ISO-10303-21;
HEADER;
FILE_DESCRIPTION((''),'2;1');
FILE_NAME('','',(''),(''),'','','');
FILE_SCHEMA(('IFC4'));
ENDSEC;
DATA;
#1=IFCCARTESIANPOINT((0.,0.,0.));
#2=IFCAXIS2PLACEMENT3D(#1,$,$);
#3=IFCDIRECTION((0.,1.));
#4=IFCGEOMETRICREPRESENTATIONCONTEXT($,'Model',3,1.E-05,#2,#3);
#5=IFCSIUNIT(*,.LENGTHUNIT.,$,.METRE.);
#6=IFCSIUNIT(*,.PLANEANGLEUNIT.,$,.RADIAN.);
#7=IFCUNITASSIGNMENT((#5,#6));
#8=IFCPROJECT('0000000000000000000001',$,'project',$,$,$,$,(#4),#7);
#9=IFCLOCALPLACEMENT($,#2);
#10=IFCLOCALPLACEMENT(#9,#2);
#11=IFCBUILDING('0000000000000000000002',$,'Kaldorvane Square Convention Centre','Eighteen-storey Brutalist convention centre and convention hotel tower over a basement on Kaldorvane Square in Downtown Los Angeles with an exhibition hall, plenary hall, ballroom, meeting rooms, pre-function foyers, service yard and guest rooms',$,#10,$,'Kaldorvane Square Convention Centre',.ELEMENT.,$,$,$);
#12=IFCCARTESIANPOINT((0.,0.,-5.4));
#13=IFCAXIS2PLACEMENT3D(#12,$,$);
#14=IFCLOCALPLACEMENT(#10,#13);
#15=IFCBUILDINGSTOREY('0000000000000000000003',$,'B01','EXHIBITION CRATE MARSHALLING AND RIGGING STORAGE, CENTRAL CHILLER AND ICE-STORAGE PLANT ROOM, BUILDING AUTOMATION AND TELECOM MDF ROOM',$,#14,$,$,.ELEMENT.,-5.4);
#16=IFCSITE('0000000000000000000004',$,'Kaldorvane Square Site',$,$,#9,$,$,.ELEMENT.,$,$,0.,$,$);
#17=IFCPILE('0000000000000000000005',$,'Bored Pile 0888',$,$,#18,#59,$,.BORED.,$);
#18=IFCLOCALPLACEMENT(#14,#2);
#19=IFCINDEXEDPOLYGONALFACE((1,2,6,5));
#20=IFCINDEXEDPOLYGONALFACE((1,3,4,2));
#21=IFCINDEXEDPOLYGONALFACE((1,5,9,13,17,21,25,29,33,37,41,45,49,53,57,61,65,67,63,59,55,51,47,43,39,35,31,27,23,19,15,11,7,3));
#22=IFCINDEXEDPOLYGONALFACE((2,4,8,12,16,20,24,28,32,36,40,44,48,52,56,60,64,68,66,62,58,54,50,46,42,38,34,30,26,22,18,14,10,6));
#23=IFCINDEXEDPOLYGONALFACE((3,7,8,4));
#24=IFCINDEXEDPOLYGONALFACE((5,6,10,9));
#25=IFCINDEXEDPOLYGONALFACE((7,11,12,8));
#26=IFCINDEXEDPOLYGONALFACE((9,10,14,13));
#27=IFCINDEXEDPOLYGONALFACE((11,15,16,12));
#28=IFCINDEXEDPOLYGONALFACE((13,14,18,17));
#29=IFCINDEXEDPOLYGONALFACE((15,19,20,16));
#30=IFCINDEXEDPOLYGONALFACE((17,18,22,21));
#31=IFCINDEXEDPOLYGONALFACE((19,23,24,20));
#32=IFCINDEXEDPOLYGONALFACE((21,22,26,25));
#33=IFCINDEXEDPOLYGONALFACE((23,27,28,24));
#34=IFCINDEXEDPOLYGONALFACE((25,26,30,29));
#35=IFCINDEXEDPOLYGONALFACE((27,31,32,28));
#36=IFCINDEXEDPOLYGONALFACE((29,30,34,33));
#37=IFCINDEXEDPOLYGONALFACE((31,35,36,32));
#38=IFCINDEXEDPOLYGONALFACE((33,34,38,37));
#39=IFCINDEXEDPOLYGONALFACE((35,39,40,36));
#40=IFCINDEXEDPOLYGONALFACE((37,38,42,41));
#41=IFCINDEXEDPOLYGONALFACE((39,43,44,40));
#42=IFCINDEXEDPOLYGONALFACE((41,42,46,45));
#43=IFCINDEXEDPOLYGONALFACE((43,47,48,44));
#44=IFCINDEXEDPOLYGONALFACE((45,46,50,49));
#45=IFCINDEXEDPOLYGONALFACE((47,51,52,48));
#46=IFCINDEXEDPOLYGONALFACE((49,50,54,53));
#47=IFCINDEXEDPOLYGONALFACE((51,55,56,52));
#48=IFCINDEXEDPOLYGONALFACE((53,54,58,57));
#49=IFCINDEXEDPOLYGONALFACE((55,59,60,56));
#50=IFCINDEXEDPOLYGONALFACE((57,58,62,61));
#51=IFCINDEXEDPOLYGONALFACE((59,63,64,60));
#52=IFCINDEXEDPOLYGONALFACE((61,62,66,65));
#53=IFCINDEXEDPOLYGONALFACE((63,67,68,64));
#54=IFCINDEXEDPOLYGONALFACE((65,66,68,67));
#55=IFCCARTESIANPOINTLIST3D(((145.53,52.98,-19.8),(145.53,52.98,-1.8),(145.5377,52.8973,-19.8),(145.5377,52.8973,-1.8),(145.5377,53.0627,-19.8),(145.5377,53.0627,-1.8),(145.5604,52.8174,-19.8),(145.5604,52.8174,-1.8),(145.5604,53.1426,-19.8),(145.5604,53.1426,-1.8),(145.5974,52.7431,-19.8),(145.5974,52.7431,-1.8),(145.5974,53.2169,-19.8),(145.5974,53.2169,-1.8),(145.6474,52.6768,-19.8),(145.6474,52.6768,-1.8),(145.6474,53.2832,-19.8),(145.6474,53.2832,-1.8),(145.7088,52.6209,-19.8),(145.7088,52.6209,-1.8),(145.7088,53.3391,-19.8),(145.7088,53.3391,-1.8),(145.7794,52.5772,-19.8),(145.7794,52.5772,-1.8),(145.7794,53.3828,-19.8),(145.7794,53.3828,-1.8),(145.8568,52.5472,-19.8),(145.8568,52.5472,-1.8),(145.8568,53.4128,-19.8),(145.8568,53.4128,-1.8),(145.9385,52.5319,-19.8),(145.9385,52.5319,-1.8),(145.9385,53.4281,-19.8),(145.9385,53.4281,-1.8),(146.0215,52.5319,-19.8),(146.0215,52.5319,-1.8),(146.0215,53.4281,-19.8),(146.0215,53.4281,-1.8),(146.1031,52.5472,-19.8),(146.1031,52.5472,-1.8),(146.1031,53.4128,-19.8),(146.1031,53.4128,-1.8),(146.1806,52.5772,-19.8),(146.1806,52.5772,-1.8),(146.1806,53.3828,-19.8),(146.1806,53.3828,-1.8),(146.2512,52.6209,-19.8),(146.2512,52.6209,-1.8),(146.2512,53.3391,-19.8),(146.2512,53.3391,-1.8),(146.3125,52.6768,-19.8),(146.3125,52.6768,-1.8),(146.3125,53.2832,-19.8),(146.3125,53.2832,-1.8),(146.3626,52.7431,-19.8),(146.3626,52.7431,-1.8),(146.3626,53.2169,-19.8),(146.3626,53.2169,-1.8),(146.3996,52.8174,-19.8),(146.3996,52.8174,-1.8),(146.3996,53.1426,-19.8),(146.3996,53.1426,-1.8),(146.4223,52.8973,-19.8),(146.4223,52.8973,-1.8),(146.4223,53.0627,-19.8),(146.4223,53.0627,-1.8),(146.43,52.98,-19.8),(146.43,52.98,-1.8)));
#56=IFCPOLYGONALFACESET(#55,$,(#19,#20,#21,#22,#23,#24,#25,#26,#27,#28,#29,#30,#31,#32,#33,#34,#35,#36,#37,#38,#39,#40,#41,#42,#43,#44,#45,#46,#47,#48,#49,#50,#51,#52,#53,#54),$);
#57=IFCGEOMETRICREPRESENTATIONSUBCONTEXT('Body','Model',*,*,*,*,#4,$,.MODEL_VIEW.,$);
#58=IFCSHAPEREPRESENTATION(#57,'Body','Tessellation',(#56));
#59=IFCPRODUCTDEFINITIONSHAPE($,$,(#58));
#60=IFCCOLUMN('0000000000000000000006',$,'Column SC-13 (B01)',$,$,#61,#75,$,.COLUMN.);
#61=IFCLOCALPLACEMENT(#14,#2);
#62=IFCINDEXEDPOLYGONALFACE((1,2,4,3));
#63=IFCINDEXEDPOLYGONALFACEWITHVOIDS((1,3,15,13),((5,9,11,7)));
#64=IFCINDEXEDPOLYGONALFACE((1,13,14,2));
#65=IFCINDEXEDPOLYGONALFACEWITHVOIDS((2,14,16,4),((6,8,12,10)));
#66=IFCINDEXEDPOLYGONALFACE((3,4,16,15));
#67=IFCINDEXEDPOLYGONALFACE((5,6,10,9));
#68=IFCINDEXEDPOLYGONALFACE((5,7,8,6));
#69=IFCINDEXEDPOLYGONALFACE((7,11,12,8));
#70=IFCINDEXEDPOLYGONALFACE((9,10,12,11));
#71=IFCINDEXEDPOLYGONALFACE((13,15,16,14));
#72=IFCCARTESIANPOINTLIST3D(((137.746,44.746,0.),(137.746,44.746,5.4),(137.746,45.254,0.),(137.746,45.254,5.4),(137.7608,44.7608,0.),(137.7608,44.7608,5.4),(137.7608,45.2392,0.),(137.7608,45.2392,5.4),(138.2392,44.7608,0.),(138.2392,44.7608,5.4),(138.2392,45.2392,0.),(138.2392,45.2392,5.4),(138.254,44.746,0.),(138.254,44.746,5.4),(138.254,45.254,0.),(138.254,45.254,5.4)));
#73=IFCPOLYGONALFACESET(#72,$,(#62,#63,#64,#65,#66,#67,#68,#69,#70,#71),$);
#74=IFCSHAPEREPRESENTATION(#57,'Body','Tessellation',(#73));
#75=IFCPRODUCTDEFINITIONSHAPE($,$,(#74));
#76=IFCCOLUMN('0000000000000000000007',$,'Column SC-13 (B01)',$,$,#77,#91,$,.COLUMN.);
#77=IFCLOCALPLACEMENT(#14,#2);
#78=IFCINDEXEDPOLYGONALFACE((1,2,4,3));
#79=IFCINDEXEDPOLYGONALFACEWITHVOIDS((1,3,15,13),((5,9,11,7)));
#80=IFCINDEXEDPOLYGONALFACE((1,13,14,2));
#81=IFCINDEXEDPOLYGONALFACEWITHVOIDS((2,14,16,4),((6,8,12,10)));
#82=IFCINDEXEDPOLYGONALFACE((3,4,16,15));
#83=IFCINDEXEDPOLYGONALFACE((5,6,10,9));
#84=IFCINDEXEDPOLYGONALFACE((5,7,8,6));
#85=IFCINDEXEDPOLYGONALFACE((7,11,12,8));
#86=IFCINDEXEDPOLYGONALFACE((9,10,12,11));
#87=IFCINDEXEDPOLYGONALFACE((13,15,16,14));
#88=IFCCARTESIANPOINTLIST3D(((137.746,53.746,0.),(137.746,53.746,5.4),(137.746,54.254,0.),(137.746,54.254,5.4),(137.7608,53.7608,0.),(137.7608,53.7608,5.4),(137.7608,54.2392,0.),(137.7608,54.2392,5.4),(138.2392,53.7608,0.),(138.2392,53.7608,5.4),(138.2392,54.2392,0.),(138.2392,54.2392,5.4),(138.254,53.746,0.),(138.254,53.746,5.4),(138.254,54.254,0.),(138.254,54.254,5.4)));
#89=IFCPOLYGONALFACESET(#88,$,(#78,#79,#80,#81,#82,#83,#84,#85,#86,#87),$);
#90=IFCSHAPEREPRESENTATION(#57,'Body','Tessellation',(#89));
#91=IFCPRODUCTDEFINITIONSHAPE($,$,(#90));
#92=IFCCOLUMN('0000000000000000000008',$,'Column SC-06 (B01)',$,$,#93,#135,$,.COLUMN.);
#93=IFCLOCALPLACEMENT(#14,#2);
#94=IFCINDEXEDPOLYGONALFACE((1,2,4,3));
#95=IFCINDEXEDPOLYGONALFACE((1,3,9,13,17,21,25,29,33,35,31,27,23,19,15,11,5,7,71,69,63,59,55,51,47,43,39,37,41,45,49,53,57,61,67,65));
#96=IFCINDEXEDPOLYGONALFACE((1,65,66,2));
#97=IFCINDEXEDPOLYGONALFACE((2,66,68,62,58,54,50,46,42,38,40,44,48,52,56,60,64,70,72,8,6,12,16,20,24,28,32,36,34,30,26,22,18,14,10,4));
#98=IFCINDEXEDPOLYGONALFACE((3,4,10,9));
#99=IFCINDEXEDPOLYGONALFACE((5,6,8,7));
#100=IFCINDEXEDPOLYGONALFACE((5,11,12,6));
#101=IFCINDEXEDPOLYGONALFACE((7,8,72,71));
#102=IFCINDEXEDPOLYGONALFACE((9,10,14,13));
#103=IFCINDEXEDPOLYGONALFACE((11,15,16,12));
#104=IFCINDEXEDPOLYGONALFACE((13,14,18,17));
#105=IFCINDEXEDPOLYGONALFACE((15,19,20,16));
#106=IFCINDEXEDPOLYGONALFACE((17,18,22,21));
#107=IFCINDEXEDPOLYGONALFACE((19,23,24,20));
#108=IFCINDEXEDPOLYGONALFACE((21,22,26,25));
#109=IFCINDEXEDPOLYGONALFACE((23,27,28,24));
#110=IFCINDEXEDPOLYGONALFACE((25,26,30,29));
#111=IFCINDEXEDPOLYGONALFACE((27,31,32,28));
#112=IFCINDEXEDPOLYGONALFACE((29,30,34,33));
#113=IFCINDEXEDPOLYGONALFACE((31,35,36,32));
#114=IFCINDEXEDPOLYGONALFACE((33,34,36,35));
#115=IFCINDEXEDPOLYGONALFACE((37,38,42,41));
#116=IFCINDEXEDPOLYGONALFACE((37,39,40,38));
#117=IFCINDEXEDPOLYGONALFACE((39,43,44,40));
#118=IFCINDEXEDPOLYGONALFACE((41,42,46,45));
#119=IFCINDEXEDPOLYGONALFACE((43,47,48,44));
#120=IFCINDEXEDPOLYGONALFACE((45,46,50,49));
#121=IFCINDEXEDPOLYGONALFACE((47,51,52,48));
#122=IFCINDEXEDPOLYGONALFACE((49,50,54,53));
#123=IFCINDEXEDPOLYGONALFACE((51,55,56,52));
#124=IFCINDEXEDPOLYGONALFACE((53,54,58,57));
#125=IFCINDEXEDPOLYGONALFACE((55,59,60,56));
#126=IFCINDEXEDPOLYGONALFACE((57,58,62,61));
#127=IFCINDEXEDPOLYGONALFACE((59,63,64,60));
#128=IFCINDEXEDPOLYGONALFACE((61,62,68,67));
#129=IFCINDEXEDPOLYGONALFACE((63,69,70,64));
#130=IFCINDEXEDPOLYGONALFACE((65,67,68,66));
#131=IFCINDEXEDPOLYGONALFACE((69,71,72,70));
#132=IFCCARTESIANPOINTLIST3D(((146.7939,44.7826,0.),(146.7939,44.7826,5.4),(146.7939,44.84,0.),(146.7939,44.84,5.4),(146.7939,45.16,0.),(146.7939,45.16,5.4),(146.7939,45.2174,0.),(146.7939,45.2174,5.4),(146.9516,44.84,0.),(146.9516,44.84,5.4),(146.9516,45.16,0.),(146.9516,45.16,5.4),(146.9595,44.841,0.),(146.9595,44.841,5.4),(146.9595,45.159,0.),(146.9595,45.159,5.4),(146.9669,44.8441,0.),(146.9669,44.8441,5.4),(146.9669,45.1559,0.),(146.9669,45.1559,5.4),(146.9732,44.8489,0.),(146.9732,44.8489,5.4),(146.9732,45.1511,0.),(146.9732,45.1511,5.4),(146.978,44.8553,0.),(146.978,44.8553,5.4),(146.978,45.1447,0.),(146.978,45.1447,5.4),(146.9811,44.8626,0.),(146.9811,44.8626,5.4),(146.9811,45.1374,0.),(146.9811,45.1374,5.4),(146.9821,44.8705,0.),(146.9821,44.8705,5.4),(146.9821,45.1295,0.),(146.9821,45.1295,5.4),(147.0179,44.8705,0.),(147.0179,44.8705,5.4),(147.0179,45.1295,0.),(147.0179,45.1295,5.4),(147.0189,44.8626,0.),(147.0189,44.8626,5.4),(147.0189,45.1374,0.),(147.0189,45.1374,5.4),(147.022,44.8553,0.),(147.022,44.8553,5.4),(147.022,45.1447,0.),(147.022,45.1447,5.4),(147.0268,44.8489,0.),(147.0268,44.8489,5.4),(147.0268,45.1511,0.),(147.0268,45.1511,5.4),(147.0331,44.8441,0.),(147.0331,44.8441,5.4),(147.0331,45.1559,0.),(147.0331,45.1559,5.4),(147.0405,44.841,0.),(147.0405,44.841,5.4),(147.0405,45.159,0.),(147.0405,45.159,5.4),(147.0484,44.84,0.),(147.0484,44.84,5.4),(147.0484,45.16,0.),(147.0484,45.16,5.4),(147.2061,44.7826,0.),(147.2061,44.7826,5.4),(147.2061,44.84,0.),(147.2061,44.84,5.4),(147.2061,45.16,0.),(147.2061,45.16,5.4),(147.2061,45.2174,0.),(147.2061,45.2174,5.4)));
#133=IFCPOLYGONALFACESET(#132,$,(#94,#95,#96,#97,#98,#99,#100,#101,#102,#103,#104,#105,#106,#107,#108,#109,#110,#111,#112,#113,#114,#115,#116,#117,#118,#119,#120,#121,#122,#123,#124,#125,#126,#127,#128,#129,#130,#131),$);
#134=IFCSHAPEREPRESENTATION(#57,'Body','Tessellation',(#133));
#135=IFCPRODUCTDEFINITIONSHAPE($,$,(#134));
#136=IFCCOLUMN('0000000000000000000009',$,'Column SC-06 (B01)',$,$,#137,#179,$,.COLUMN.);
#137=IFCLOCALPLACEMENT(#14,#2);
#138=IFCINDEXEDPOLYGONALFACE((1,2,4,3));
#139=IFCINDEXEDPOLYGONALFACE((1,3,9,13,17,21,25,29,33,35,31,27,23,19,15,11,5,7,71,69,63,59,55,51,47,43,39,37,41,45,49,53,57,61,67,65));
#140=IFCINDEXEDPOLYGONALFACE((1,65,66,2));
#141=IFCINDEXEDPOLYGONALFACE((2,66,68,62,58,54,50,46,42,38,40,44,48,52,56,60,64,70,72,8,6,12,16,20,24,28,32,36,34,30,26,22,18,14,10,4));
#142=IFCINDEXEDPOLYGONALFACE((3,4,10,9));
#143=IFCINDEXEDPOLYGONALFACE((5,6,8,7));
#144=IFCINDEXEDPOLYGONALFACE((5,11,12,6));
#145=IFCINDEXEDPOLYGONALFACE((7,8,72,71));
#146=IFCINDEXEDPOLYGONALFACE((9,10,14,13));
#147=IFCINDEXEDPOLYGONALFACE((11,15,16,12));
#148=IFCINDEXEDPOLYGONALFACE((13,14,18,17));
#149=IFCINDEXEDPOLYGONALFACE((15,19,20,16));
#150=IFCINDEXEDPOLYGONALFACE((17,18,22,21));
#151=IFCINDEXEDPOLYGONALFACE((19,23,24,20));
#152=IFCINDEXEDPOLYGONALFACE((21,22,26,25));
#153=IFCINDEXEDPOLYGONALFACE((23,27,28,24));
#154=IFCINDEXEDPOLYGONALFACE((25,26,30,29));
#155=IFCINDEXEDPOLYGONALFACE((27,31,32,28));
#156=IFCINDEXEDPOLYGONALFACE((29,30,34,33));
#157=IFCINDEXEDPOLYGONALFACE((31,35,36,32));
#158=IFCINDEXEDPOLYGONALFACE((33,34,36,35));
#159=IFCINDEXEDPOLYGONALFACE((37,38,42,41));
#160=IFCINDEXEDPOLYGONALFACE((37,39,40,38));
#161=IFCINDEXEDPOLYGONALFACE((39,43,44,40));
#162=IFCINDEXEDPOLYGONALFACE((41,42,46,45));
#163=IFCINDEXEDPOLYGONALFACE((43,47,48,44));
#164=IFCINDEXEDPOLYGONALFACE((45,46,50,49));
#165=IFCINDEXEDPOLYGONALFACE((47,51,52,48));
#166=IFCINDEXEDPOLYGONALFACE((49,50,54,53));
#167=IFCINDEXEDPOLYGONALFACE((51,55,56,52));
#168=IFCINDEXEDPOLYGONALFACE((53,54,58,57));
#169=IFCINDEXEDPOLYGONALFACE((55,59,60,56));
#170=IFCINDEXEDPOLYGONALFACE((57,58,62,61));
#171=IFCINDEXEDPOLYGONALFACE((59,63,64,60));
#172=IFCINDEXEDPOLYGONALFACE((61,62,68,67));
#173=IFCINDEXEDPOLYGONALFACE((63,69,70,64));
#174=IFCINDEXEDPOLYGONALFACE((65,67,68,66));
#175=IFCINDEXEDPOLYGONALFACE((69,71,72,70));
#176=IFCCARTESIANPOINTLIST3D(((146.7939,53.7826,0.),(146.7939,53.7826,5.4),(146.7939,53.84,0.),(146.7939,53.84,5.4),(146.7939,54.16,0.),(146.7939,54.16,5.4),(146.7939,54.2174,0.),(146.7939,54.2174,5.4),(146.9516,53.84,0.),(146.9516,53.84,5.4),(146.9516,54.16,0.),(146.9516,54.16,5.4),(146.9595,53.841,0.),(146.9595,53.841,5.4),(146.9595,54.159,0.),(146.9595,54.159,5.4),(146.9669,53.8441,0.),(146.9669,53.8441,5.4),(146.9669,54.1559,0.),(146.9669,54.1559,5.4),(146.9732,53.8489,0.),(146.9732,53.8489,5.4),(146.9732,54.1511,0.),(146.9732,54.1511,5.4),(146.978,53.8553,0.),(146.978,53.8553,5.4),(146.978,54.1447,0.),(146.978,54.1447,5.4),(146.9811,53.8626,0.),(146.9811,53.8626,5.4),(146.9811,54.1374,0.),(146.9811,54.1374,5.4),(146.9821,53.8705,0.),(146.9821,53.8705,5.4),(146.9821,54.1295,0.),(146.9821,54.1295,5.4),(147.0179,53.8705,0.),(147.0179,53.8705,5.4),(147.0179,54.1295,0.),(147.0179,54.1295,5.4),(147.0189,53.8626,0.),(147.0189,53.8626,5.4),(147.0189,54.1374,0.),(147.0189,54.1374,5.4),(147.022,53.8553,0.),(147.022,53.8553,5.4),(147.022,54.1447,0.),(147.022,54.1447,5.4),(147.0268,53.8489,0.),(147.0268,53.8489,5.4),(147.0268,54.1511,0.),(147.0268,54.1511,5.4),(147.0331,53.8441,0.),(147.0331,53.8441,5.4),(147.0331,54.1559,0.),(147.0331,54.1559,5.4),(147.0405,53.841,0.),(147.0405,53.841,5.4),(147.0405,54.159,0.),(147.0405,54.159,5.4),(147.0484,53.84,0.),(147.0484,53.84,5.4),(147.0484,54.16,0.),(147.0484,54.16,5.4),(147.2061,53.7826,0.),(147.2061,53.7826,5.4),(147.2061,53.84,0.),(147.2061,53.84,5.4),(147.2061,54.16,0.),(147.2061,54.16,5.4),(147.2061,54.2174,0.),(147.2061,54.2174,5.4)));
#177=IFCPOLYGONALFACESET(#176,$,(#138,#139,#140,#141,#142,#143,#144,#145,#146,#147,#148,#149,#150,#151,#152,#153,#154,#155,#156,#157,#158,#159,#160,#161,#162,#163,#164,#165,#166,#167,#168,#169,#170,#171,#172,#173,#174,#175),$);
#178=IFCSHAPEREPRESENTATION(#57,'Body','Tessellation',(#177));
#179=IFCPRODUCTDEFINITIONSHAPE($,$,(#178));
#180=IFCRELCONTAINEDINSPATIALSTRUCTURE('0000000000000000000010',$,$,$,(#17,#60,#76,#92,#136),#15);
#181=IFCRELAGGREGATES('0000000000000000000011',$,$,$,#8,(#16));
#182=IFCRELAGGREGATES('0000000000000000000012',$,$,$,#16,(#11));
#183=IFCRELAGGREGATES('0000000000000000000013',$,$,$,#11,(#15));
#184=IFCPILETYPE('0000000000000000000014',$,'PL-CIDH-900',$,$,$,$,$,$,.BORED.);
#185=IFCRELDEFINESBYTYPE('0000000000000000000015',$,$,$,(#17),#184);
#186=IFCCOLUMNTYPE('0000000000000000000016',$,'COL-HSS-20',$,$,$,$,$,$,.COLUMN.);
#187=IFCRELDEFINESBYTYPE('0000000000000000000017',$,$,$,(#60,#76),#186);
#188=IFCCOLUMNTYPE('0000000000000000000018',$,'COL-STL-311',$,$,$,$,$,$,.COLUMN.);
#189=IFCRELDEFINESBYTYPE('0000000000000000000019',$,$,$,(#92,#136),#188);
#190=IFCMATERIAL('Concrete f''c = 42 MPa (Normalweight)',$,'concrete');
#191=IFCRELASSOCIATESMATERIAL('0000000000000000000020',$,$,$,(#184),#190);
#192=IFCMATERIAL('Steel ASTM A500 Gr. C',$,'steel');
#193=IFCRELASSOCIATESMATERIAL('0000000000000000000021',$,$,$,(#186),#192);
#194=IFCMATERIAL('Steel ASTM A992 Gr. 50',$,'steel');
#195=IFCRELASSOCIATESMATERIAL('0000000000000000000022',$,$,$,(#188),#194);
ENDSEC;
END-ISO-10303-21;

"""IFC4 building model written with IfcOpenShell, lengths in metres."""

from ifc_helpers import new_model, si_unit, direction, frame, origin, origin_2d, place, context, subcontext, project, spatial, hollow_rectangle, circle, i_section, extrude, material, material_profile, profile_set, type_object, element, save


model = new_model("IFC4")

# Units and contexts
model_context = context("Model", 3, precision=1e-05, world=origin(), true_north=direction((0.0, 1.0)))
body_context = subcontext(model_context, "Body", "Model", "MODEL_VIEW")
ifc_project = project(units=[si_unit("LENGTHUNIT", "METRE"), si_unit("PLANEANGLEUNIT", "RADIAN")], contexts=[model_context])

# Site, building, storey
site_placement = place(None, origin())
site = spatial("IfcSite", under=ifc_project, at=site_placement, Name="Kaldorvane Square Site", CompositionType="ELEMENT", RefElevation=0.0)
building_placement = place(site_placement, origin())
building = spatial("IfcBuilding", under=site, at=building_placement, Name="Kaldorvane Square Convention Centre", Description="Eighteen-storey Brutalist convention centre and convention hotel tower over a basement on Kaldorvane Square in Downtown Los Angeles with an exhibition hall, plenary hall, ballroom, meeting rooms, pre-function foyers, service yard and guest rooms", LongName="Kaldorvane Square Convention Centre", CompositionType="ELEMENT")
storey_placement = place(building_placement, frame((0.0, 0.0, -5.4)))
storey = spatial("IfcBuildingStorey", under=building, at=storey_placement, Name="B01", Description="EXHIBITION CRATE MARSHALLING AND RIGGING STORAGE, CENTRAL CHILLER AND ICE-STORAGE PLANT ROOM, BUILDING AUTOMATION AND TELECOM MDF ROOM", CompositionType="ELEMENT", Elevation=-5.4)

# Shared definitions
ifc_material_1 = material(Name="Concrete f'c = 42 MPa (Normalweight)", Category="concrete")

# Pile
ifc_material_profile_1 = material_profile(ifc_material_1, circle(Radius=0.45, at=origin_2d()), Name="PILE-D900")
ifc_profile_set_1 = profile_set([ifc_material_profile_1], Name="Concrete f'c = 42 MPa (Normalweight)")
pile_type_1 = type_object("IfcPileType", Name="PL-CIDH-900", PredefinedType="BORED", material=ifc_profile_set_1)
for number, where, z_axis, x_axis, name in (
    (1, (145.98, 52.98, -1.8), (0.0, 0.0, -1.0), (1.0, 0.0, 0.0), "Bored Pile 0888"),
):
    element("IfcPile", number, at=place(storey_placement, frame(where, z_axis=z_axis, x_axis=x_axis)), inside=storey, type_object=pile_type_1, Name=name, PredefinedType="BORED", context=body_context, shape_type="SweptSolid", body=[
        extrude(circle(Radius=0.45, at=origin_2d()), origin(), (0.0, 0.0, 1.0), 18.0),
    ])

# Columns
ifc_material_2 = material(Name="Steel ASTM A500 Gr. C", Category="steel")
ifc_material_profile_2 = material_profile(ifc_material_2, hollow_rectangle(XDim=0.508, YDim=0.508, WallThickness=0.0148, at=origin_2d()), Name="HSS20X20X5/8")
ifc_profile_set_2 = profile_set([ifc_material_profile_2], Name="Steel ASTM A500 Gr. C")
column_type_1 = type_object("IfcColumnType", Name="COL-HSS-20", PredefinedType="COLUMN", material=ifc_profile_set_2)
for number, where, z_axis, x_axis, name in (
    (2, (138.0, 45.0, 0.0), (0.0, 0.0, 1.0), (1.0, 0.0, 0.0), "Column SC-13 (B01)"),
    (3, (138.0, 54.0, 0.0), (0.0, 0.0, 1.0), (1.0, 0.0, 0.0), "Column SC-13 (B01)"),
):
    element("IfcColumn", number, at=place(storey_placement, frame(where, z_axis=z_axis, x_axis=x_axis)), inside=storey, type_object=column_type_1, Name=name, PredefinedType="COLUMN", context=body_context, shape_type="SweptSolid", body=[
        extrude(hollow_rectangle(XDim=0.508, YDim=0.508, WallThickness=0.0148, at=origin_2d()), origin(), (0.0, 0.0, 1.0), 5.4),
    ])
ifc_material_3 = material(Name="Steel ASTM A992 Gr. 50", Category="steel")
ifc_material_profile_3 = material_profile(ifc_material_3, i_section(OverallWidth=0.4122, OverallDepth=0.4348, WebThickness=0.0358, FlangeThickness=0.0574, FilletRadius=0.0305, at=origin_2d()), Name="W14X311")
ifc_profile_set_3 = profile_set([ifc_material_profile_3], Name="Steel ASTM A992 Gr. 50")
column_type_2 = type_object("IfcColumnType", Name="COL-STL-311", PredefinedType="COLUMN", material=ifc_profile_set_3)
for number, where, z_axis, x_axis, name in (
    (4, (147.0, 45.0, 0.0), (0.0, 0.0, 1.0), (1.0, 0.0, 0.0), "Column SC-06 (B01)"),
    (5, (147.0, 54.0, 0.0), (0.0, 0.0, 1.0), (1.0, 0.0, 0.0), "Column SC-06 (B01)"),
):
    element("IfcColumn", number, at=place(storey_placement, frame(where, z_axis=z_axis, x_axis=x_axis)), inside=storey, type_object=column_type_2, Name=name, PredefinedType="COLUMN", context=body_context, shape_type="SweptSolid", body=[
        extrude(i_section(OverallWidth=0.4122, OverallDepth=0.4348, WebThickness=0.0358, FlangeThickness=0.0574, FilletRadius=0.0305, at=origin_2d()), origin(), (0.0, 0.0, 1.0), 5.4),
    ])

save(model, "model.ifc")
